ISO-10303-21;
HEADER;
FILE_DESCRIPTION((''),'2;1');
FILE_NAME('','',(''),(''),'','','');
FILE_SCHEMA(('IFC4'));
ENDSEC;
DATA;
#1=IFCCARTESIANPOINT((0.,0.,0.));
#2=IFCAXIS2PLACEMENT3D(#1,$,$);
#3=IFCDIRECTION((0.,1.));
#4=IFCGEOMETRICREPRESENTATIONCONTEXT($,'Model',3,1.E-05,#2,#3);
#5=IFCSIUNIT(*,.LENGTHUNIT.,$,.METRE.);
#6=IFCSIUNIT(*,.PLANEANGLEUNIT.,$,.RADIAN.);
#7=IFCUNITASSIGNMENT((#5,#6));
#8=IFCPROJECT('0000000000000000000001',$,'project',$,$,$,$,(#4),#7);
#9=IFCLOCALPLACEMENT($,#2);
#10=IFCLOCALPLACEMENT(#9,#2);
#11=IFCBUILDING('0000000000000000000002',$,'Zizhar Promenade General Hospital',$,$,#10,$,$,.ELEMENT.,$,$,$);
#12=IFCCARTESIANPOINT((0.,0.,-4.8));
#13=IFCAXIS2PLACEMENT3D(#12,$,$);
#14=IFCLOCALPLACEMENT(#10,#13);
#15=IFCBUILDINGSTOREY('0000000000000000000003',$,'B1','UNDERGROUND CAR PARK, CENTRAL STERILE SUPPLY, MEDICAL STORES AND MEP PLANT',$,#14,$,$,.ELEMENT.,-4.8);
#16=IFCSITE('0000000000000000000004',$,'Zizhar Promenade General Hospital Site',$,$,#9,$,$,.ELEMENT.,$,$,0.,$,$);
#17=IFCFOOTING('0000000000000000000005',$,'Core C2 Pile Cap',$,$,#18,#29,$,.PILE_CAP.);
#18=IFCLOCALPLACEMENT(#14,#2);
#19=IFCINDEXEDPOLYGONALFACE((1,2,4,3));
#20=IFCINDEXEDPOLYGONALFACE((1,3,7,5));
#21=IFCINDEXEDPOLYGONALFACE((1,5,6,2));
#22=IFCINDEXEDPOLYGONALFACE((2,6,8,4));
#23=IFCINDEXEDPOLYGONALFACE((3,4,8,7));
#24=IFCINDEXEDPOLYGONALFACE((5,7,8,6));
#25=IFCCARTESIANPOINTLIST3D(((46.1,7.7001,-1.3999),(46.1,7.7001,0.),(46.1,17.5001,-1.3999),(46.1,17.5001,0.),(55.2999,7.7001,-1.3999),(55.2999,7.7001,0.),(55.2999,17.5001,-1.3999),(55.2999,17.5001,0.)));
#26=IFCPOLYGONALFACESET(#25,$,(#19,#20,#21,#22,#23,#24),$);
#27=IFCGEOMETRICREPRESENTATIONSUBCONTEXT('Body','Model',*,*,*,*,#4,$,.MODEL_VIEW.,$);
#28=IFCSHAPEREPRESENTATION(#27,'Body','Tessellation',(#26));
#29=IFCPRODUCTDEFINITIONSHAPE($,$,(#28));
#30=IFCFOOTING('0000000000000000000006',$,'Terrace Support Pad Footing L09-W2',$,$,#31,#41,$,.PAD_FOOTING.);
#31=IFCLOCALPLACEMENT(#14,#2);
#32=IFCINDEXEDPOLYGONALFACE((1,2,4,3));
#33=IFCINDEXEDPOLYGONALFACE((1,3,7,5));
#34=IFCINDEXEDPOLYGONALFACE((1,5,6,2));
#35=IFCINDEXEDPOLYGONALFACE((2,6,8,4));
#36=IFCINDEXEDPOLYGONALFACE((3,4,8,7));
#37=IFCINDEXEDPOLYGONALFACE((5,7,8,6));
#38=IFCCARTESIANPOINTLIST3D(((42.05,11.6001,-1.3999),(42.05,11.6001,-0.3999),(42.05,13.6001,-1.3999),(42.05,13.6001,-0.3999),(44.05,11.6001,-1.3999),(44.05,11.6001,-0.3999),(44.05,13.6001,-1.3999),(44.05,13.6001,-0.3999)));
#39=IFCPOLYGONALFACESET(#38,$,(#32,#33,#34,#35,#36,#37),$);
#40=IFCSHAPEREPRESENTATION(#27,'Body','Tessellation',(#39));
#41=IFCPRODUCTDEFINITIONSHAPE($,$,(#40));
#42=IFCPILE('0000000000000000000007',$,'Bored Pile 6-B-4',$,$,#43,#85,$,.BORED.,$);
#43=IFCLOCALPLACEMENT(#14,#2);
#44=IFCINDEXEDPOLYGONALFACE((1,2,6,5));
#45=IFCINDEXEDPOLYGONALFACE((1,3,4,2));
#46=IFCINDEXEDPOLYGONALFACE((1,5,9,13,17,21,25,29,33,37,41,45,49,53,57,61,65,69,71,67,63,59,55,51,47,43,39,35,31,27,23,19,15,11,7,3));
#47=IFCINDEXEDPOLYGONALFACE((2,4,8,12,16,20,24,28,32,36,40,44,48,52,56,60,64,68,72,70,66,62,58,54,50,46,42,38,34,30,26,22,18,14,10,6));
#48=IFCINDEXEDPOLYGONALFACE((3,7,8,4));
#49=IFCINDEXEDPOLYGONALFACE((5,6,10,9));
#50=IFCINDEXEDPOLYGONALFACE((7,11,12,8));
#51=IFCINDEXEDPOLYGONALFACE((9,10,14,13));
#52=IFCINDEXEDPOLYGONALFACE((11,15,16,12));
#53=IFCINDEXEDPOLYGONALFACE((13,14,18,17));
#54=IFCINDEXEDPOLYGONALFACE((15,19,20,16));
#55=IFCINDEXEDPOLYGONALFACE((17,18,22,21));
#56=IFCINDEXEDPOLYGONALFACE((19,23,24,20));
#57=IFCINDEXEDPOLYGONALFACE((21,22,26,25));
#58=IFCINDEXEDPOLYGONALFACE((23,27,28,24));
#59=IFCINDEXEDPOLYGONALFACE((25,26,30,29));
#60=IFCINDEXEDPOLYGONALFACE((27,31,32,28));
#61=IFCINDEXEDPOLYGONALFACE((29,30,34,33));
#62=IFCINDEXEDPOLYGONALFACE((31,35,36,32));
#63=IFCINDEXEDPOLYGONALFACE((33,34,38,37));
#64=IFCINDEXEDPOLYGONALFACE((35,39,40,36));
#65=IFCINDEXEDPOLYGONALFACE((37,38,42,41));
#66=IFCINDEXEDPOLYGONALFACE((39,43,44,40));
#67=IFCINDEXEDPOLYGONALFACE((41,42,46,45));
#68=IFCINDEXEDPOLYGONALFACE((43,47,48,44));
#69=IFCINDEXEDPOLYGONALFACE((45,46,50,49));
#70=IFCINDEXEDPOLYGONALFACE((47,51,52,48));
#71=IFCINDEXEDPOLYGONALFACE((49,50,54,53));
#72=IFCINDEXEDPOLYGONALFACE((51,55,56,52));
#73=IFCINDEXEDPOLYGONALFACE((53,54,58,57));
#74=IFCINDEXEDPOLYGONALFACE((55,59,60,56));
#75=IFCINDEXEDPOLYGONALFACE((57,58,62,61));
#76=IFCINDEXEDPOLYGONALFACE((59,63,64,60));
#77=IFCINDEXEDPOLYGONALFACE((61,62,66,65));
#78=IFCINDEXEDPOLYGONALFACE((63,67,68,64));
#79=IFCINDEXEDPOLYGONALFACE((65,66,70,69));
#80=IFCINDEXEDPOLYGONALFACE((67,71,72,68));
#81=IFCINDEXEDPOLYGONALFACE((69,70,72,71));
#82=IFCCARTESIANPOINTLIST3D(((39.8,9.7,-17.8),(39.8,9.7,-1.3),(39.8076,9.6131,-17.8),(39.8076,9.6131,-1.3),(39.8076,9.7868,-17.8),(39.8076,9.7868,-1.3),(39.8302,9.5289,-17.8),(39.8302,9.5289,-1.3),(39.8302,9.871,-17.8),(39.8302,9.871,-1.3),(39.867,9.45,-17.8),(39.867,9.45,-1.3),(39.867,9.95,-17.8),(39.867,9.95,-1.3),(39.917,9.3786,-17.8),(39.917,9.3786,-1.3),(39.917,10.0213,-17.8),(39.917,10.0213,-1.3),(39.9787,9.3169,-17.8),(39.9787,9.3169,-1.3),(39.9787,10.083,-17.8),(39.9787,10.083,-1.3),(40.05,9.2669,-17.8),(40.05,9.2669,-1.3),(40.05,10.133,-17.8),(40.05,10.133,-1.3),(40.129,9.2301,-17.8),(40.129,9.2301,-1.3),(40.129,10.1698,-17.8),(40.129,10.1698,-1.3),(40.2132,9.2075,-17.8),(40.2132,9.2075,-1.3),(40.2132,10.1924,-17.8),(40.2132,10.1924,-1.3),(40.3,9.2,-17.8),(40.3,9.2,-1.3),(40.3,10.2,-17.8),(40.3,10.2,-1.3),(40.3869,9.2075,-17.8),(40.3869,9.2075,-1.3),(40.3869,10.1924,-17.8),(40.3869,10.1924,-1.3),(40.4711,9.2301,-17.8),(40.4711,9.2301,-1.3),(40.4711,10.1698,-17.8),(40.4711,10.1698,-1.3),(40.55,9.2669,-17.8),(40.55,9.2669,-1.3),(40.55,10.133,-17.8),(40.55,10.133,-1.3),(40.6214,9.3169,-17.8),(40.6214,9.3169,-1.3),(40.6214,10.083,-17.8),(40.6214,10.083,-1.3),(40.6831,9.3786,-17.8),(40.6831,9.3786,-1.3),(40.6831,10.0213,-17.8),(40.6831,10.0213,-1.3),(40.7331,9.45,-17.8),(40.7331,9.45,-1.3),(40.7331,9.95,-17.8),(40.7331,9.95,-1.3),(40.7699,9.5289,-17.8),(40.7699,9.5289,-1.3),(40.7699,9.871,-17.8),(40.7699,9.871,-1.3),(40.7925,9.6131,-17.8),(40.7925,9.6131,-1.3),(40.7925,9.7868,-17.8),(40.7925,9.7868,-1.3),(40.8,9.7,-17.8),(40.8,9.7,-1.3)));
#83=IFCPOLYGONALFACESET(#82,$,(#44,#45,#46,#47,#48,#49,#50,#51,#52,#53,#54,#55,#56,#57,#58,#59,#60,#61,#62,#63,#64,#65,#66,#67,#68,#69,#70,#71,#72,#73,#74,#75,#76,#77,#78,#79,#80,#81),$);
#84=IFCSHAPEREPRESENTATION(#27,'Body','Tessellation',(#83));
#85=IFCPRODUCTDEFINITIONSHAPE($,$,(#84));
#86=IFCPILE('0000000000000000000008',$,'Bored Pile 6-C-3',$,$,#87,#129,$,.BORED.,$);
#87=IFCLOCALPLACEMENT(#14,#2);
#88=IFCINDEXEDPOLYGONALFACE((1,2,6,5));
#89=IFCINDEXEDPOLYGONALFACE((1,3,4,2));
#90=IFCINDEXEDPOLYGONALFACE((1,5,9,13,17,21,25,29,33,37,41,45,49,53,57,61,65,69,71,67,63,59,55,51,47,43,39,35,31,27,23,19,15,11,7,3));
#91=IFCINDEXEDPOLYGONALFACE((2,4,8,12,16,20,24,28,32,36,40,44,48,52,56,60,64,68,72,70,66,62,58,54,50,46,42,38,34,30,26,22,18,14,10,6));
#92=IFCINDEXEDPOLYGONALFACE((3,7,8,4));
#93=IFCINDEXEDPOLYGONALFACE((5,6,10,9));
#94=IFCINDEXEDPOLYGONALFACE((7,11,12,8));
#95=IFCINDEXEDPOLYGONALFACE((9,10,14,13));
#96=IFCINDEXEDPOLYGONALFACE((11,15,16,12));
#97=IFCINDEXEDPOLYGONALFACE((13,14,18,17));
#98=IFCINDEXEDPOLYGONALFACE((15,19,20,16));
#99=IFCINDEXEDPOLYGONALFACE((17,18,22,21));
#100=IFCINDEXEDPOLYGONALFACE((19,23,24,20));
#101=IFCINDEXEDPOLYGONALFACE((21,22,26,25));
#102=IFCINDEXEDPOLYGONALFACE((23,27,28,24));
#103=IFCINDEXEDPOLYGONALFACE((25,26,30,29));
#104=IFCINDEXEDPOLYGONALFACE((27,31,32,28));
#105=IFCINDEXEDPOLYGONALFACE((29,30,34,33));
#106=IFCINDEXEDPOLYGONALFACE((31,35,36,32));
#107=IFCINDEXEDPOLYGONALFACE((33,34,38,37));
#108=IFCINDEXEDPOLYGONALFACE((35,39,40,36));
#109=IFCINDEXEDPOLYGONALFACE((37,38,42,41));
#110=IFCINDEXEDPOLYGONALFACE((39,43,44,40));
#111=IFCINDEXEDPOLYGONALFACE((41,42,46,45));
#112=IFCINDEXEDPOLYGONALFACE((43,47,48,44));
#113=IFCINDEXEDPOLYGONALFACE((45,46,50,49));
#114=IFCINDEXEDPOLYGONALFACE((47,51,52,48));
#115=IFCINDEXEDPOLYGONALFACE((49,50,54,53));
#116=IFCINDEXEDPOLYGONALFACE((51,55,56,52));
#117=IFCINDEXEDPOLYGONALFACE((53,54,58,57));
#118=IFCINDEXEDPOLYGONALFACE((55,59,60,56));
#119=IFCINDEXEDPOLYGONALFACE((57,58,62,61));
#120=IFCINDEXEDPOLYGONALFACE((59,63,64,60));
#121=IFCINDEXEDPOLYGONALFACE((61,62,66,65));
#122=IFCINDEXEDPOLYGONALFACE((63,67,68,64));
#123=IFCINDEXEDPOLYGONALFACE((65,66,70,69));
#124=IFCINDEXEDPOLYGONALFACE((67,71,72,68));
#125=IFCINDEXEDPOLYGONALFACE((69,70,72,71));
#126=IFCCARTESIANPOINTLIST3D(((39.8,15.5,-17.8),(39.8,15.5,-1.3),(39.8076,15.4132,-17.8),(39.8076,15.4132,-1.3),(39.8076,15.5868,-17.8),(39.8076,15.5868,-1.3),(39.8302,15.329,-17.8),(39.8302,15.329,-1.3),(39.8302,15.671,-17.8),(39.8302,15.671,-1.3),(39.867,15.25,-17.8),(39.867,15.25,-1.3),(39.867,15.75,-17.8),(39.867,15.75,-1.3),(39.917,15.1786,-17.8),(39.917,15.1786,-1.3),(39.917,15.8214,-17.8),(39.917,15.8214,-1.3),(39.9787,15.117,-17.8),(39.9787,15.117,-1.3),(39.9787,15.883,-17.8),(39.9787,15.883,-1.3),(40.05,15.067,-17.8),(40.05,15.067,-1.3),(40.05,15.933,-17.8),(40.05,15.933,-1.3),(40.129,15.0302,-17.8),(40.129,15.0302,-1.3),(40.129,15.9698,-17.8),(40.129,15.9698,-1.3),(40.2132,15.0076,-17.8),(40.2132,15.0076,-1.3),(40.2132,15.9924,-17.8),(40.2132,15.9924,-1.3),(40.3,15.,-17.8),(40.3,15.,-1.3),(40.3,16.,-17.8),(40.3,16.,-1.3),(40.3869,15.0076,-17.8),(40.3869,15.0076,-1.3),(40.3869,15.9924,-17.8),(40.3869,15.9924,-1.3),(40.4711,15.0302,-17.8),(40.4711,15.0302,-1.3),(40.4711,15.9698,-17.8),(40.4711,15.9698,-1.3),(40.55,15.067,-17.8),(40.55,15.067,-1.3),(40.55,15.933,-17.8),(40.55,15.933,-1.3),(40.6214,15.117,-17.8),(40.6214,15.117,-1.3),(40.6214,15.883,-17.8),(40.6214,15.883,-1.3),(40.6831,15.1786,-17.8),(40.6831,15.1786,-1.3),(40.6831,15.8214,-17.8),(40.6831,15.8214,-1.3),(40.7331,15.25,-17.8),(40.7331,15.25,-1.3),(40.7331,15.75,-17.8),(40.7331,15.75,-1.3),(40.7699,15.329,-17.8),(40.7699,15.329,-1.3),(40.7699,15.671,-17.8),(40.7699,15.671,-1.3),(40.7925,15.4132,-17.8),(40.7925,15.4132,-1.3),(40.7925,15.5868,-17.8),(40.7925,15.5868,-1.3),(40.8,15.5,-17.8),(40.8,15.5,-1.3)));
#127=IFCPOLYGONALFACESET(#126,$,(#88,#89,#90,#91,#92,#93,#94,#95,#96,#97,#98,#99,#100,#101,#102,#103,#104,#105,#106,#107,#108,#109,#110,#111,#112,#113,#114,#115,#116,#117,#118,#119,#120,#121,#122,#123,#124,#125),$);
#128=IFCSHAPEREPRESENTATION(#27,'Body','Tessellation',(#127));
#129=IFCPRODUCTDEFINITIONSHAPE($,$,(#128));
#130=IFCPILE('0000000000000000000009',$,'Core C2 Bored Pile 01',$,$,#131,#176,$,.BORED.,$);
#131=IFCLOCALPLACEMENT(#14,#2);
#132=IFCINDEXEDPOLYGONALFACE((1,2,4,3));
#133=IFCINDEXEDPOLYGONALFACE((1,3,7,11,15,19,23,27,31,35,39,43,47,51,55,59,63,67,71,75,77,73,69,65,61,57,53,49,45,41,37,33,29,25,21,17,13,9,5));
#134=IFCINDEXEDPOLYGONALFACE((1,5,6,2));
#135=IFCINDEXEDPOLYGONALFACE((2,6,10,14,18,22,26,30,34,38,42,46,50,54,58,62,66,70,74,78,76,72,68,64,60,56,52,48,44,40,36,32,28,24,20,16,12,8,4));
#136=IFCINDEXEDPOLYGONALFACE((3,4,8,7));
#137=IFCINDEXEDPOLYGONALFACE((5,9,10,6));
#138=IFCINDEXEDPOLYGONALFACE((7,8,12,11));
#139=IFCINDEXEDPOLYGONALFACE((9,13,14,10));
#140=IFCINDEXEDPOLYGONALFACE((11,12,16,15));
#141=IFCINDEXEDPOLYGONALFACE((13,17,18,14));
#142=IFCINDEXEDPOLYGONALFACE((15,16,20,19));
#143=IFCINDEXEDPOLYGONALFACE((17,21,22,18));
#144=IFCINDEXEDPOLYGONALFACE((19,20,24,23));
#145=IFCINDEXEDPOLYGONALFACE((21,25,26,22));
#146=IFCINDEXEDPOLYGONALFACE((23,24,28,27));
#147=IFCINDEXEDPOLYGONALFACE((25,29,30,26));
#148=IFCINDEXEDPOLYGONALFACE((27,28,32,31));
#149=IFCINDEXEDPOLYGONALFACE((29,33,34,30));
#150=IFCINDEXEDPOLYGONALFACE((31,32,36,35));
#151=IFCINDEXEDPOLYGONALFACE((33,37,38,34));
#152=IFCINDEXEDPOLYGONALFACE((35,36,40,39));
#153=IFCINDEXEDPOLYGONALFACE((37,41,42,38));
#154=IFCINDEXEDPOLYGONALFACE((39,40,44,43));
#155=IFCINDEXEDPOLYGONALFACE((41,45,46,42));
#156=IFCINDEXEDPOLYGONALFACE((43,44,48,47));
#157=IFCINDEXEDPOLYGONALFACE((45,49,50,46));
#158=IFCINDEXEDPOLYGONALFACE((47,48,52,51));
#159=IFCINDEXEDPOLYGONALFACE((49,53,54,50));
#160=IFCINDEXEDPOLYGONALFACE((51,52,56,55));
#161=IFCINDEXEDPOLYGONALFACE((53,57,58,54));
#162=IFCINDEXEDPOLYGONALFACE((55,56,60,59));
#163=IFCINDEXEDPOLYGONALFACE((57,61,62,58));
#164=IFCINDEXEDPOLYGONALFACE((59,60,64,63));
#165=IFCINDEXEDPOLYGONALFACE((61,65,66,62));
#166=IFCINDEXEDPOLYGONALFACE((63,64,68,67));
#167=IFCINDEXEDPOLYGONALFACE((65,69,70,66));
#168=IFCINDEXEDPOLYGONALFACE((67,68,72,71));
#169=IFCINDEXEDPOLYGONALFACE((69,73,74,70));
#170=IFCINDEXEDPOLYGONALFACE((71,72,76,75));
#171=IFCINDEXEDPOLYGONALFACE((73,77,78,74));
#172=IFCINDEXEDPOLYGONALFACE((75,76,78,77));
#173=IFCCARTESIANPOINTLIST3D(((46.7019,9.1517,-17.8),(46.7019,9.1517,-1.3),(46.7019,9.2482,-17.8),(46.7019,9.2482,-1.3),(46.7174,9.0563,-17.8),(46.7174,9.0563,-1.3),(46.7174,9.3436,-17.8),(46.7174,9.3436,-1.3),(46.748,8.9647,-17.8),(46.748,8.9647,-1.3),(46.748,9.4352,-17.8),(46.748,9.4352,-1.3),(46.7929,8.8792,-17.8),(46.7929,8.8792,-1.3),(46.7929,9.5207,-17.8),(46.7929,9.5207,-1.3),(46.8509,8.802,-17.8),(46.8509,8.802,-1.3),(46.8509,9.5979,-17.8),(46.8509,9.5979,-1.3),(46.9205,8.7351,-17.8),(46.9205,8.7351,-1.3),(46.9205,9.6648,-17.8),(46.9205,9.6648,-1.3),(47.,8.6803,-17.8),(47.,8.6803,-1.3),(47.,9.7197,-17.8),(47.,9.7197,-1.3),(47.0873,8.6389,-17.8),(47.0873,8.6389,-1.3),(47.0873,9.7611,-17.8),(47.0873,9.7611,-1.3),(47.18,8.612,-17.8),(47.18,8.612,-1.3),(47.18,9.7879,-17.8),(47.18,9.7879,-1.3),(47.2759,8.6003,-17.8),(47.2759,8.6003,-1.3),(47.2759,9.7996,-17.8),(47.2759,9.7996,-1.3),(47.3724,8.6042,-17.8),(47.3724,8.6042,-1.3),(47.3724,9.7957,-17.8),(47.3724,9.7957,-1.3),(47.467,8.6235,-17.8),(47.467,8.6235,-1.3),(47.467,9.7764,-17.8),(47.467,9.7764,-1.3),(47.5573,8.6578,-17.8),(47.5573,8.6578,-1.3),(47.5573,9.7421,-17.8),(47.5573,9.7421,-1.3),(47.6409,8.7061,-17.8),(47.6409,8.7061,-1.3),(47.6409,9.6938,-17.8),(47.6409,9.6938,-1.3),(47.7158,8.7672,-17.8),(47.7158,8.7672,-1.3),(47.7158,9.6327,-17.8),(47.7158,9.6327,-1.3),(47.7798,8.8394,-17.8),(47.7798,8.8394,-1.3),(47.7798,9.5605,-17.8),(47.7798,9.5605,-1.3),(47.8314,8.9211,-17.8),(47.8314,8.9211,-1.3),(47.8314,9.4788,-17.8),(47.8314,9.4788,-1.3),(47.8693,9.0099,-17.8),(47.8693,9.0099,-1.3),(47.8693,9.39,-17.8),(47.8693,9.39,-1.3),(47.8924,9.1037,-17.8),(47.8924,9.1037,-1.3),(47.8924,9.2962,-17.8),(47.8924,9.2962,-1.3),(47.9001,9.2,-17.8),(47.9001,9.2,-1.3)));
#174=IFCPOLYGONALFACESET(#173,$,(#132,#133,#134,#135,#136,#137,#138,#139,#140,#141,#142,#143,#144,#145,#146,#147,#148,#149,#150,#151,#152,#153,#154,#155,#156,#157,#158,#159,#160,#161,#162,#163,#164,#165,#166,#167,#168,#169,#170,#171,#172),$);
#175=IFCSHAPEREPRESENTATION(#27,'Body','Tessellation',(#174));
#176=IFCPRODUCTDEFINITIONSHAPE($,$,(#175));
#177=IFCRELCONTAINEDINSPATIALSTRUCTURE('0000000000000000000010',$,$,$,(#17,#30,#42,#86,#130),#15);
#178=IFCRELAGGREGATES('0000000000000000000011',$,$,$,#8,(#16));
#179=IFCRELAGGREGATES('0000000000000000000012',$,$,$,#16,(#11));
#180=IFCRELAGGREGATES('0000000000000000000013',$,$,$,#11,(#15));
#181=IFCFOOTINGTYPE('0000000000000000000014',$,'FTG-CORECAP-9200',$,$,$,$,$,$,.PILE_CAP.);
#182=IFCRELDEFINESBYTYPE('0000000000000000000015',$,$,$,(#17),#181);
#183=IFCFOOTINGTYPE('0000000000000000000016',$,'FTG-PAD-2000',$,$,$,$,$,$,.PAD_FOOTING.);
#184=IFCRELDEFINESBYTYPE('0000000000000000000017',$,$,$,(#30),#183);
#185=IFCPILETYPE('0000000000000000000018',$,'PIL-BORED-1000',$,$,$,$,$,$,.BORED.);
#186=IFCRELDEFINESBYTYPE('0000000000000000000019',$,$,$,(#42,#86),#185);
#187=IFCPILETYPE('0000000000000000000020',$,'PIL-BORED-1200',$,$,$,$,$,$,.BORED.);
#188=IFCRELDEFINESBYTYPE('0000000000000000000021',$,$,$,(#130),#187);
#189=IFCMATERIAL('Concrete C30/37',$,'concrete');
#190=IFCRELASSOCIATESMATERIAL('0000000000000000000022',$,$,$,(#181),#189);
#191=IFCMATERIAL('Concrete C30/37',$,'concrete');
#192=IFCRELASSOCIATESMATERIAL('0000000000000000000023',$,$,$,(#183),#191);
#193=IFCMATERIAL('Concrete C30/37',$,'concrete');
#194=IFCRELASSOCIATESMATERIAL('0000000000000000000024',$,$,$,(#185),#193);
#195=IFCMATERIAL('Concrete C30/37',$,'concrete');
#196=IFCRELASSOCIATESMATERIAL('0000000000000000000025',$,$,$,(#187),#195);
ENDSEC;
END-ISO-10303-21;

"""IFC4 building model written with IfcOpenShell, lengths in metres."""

from ifc_helpers import new_model, si_unit, direction, frame, origin, origin_2d, place, context, subcontext, project, spatial, rectangle, circle, extrude, material, material_profile, profile_set, type_object, element, save


model = new_model("IFC4")

# Units and contexts
model_context = context("Model", 3, precision=1e-05, world=origin(), true_north=direction((0.0, 1.0)))
body_context = subcontext(model_context, "Body", "Model", "MODEL_VIEW")
ifc_project = project(units=[si_unit("LENGTHUNIT", "METRE"), si_unit("PLANEANGLEUNIT", "RADIAN")], contexts=[model_context])

# Site, building, storey
site_placement = place(None, origin())
site = spatial("IfcSite", under=ifc_project, at=site_placement, Name="Zizhar Promenade General Hospital Site", CompositionType="ELEMENT", RefElevation=0.0)
building_placement = place(site_placement, origin())
building = spatial("IfcBuilding", under=site, at=building_placement, Name="Zizhar Promenade General Hospital", CompositionType="ELEMENT")
storey_placement = place(building_placement, frame((0.0, 0.0, -4.8)))
storey = spatial("IfcBuildingStorey", under=building, at=storey_placement, Name="B1", Description="UNDERGROUND CAR PARK, CENTRAL STERILE SUPPLY, MEDICAL STORES AND MEP PLANT", CompositionType="ELEMENT", Elevation=-4.8)

# Footings
ifc_material_1 = material(Name="Concrete C30/37", Category="concrete")
footing_type_1 = type_object("IfcFootingType", Name="FTG-CORECAP-9200", PredefinedType="PILE_CAP", material=ifc_material_1)
footing_1_placement = place(storey_placement, frame((50.7, 12.6001, -1.3999), z_axis=(0.0, 0.0, 1.0), x_axis=(1.0, 0.0, 0.0)))
element("IfcFooting", 1, at=footing_1_placement, inside=storey, type_object=footing_type_1, Name="Core C2 Pile Cap", PredefinedType="PILE_CAP", context=body_context, shape_type="SweptSolid", body=[
    extrude(rectangle(XDim=9.2, YDim=9.8, at=origin_2d()), origin(), (0.0, 0.0, 1.0), 1.3999),
])
ifc_material_2 = material(Name="Concrete C30/37", Category="concrete")
footing_type_2 = type_object("IfcFootingType", Name="FTG-PAD-2000", PredefinedType="PAD_FOOTING", material=ifc_material_2)
footing_2_placement = place(storey_placement, frame((43.05, 12.6001, -1.3999), z_axis=(0.0, 0.0, 1.0), x_axis=(1.0, 0.0, 0.0)))
element("IfcFooting", 2, at=footing_2_placement, inside=storey, type_object=footing_type_2, Name="Terrace Support Pad Footing L09-W2", PredefinedType="PAD_FOOTING", context=body_context, shape_type="SweptSolid", body=[
    extrude(rectangle(XDim=2.0, YDim=2.0, at=origin_2d()), origin(), (0.0, 0.0, 1.0), 1.0),
])

# Piles
ifc_material_3 = material(Name="Concrete C30/37", Category="concrete")
ifc_material_profile_1 = material_profile(ifc_material_3, circle(Radius=0.5, at=origin_2d()))
ifc_profile_set_1 = profile_set([ifc_material_profile_1], Name="Concrete C30/37")
pile_type_1 = type_object("IfcPileType", Name="PIL-BORED-1000", PredefinedType="BORED", material=ifc_profile_set_1)
for number, where, z_axis, x_axis, name in (
    (3, (40.3, 9.7, -1.3), (0.0, 0.0, -1.0), (1.0, 0.0, 0.0), "Bored Pile 6-B-4"),
    (4, (40.3, 15.5, -1.3), (0.0, 0.0, -1.0), (1.0, 0.0, 0.0), "Bored Pile 6-C-3"),
):
    element("IfcPile", number, at=place(storey_placement, frame(where, z_axis=z_axis, x_axis=x_axis)), inside=storey, type_object=pile_type_1, Name=name, PredefinedType="BORED", context=body_context, shape_type="SweptSolid", body=[
        extrude(circle(Radius=0.5, at=origin_2d()), origin(), (0.0, 0.0, 1.0), 16.5),
    ])
ifc_material_4 = material(Name="Concrete C30/37", Category="concrete")
ifc_material_profile_2 = material_profile(ifc_material_4, circle(Radius=0.6001, at=origin_2d()))
ifc_profile_set_2 = profile_set([ifc_material_profile_2], Name="Concrete C30/37")
pile_type_2 = type_object("IfcPileType", Name="PIL-BORED-1200", PredefinedType="BORED", material=ifc_profile_set_2)
for number, where, z_axis, x_axis, name in (
    (5, (47.3, 9.2, -1.3), (0.0, 0.0, -1.0), (1.0, 0.0, 0.0), "Core C2 Bored Pile 01"),
):
    element("IfcPile", number, at=place(storey_placement, frame(where, z_axis=z_axis, x_axis=x_axis)), inside=storey, type_object=pile_type_2, Name=name, PredefinedType="BORED", context=body_context, shape_type="SweptSolid", body=[
        extrude(circle(Radius=0.6001, at=origin_2d()), origin(), (0.0, 0.0, 1.0), 16.5),
    ])

save(model, "model.ifc")
